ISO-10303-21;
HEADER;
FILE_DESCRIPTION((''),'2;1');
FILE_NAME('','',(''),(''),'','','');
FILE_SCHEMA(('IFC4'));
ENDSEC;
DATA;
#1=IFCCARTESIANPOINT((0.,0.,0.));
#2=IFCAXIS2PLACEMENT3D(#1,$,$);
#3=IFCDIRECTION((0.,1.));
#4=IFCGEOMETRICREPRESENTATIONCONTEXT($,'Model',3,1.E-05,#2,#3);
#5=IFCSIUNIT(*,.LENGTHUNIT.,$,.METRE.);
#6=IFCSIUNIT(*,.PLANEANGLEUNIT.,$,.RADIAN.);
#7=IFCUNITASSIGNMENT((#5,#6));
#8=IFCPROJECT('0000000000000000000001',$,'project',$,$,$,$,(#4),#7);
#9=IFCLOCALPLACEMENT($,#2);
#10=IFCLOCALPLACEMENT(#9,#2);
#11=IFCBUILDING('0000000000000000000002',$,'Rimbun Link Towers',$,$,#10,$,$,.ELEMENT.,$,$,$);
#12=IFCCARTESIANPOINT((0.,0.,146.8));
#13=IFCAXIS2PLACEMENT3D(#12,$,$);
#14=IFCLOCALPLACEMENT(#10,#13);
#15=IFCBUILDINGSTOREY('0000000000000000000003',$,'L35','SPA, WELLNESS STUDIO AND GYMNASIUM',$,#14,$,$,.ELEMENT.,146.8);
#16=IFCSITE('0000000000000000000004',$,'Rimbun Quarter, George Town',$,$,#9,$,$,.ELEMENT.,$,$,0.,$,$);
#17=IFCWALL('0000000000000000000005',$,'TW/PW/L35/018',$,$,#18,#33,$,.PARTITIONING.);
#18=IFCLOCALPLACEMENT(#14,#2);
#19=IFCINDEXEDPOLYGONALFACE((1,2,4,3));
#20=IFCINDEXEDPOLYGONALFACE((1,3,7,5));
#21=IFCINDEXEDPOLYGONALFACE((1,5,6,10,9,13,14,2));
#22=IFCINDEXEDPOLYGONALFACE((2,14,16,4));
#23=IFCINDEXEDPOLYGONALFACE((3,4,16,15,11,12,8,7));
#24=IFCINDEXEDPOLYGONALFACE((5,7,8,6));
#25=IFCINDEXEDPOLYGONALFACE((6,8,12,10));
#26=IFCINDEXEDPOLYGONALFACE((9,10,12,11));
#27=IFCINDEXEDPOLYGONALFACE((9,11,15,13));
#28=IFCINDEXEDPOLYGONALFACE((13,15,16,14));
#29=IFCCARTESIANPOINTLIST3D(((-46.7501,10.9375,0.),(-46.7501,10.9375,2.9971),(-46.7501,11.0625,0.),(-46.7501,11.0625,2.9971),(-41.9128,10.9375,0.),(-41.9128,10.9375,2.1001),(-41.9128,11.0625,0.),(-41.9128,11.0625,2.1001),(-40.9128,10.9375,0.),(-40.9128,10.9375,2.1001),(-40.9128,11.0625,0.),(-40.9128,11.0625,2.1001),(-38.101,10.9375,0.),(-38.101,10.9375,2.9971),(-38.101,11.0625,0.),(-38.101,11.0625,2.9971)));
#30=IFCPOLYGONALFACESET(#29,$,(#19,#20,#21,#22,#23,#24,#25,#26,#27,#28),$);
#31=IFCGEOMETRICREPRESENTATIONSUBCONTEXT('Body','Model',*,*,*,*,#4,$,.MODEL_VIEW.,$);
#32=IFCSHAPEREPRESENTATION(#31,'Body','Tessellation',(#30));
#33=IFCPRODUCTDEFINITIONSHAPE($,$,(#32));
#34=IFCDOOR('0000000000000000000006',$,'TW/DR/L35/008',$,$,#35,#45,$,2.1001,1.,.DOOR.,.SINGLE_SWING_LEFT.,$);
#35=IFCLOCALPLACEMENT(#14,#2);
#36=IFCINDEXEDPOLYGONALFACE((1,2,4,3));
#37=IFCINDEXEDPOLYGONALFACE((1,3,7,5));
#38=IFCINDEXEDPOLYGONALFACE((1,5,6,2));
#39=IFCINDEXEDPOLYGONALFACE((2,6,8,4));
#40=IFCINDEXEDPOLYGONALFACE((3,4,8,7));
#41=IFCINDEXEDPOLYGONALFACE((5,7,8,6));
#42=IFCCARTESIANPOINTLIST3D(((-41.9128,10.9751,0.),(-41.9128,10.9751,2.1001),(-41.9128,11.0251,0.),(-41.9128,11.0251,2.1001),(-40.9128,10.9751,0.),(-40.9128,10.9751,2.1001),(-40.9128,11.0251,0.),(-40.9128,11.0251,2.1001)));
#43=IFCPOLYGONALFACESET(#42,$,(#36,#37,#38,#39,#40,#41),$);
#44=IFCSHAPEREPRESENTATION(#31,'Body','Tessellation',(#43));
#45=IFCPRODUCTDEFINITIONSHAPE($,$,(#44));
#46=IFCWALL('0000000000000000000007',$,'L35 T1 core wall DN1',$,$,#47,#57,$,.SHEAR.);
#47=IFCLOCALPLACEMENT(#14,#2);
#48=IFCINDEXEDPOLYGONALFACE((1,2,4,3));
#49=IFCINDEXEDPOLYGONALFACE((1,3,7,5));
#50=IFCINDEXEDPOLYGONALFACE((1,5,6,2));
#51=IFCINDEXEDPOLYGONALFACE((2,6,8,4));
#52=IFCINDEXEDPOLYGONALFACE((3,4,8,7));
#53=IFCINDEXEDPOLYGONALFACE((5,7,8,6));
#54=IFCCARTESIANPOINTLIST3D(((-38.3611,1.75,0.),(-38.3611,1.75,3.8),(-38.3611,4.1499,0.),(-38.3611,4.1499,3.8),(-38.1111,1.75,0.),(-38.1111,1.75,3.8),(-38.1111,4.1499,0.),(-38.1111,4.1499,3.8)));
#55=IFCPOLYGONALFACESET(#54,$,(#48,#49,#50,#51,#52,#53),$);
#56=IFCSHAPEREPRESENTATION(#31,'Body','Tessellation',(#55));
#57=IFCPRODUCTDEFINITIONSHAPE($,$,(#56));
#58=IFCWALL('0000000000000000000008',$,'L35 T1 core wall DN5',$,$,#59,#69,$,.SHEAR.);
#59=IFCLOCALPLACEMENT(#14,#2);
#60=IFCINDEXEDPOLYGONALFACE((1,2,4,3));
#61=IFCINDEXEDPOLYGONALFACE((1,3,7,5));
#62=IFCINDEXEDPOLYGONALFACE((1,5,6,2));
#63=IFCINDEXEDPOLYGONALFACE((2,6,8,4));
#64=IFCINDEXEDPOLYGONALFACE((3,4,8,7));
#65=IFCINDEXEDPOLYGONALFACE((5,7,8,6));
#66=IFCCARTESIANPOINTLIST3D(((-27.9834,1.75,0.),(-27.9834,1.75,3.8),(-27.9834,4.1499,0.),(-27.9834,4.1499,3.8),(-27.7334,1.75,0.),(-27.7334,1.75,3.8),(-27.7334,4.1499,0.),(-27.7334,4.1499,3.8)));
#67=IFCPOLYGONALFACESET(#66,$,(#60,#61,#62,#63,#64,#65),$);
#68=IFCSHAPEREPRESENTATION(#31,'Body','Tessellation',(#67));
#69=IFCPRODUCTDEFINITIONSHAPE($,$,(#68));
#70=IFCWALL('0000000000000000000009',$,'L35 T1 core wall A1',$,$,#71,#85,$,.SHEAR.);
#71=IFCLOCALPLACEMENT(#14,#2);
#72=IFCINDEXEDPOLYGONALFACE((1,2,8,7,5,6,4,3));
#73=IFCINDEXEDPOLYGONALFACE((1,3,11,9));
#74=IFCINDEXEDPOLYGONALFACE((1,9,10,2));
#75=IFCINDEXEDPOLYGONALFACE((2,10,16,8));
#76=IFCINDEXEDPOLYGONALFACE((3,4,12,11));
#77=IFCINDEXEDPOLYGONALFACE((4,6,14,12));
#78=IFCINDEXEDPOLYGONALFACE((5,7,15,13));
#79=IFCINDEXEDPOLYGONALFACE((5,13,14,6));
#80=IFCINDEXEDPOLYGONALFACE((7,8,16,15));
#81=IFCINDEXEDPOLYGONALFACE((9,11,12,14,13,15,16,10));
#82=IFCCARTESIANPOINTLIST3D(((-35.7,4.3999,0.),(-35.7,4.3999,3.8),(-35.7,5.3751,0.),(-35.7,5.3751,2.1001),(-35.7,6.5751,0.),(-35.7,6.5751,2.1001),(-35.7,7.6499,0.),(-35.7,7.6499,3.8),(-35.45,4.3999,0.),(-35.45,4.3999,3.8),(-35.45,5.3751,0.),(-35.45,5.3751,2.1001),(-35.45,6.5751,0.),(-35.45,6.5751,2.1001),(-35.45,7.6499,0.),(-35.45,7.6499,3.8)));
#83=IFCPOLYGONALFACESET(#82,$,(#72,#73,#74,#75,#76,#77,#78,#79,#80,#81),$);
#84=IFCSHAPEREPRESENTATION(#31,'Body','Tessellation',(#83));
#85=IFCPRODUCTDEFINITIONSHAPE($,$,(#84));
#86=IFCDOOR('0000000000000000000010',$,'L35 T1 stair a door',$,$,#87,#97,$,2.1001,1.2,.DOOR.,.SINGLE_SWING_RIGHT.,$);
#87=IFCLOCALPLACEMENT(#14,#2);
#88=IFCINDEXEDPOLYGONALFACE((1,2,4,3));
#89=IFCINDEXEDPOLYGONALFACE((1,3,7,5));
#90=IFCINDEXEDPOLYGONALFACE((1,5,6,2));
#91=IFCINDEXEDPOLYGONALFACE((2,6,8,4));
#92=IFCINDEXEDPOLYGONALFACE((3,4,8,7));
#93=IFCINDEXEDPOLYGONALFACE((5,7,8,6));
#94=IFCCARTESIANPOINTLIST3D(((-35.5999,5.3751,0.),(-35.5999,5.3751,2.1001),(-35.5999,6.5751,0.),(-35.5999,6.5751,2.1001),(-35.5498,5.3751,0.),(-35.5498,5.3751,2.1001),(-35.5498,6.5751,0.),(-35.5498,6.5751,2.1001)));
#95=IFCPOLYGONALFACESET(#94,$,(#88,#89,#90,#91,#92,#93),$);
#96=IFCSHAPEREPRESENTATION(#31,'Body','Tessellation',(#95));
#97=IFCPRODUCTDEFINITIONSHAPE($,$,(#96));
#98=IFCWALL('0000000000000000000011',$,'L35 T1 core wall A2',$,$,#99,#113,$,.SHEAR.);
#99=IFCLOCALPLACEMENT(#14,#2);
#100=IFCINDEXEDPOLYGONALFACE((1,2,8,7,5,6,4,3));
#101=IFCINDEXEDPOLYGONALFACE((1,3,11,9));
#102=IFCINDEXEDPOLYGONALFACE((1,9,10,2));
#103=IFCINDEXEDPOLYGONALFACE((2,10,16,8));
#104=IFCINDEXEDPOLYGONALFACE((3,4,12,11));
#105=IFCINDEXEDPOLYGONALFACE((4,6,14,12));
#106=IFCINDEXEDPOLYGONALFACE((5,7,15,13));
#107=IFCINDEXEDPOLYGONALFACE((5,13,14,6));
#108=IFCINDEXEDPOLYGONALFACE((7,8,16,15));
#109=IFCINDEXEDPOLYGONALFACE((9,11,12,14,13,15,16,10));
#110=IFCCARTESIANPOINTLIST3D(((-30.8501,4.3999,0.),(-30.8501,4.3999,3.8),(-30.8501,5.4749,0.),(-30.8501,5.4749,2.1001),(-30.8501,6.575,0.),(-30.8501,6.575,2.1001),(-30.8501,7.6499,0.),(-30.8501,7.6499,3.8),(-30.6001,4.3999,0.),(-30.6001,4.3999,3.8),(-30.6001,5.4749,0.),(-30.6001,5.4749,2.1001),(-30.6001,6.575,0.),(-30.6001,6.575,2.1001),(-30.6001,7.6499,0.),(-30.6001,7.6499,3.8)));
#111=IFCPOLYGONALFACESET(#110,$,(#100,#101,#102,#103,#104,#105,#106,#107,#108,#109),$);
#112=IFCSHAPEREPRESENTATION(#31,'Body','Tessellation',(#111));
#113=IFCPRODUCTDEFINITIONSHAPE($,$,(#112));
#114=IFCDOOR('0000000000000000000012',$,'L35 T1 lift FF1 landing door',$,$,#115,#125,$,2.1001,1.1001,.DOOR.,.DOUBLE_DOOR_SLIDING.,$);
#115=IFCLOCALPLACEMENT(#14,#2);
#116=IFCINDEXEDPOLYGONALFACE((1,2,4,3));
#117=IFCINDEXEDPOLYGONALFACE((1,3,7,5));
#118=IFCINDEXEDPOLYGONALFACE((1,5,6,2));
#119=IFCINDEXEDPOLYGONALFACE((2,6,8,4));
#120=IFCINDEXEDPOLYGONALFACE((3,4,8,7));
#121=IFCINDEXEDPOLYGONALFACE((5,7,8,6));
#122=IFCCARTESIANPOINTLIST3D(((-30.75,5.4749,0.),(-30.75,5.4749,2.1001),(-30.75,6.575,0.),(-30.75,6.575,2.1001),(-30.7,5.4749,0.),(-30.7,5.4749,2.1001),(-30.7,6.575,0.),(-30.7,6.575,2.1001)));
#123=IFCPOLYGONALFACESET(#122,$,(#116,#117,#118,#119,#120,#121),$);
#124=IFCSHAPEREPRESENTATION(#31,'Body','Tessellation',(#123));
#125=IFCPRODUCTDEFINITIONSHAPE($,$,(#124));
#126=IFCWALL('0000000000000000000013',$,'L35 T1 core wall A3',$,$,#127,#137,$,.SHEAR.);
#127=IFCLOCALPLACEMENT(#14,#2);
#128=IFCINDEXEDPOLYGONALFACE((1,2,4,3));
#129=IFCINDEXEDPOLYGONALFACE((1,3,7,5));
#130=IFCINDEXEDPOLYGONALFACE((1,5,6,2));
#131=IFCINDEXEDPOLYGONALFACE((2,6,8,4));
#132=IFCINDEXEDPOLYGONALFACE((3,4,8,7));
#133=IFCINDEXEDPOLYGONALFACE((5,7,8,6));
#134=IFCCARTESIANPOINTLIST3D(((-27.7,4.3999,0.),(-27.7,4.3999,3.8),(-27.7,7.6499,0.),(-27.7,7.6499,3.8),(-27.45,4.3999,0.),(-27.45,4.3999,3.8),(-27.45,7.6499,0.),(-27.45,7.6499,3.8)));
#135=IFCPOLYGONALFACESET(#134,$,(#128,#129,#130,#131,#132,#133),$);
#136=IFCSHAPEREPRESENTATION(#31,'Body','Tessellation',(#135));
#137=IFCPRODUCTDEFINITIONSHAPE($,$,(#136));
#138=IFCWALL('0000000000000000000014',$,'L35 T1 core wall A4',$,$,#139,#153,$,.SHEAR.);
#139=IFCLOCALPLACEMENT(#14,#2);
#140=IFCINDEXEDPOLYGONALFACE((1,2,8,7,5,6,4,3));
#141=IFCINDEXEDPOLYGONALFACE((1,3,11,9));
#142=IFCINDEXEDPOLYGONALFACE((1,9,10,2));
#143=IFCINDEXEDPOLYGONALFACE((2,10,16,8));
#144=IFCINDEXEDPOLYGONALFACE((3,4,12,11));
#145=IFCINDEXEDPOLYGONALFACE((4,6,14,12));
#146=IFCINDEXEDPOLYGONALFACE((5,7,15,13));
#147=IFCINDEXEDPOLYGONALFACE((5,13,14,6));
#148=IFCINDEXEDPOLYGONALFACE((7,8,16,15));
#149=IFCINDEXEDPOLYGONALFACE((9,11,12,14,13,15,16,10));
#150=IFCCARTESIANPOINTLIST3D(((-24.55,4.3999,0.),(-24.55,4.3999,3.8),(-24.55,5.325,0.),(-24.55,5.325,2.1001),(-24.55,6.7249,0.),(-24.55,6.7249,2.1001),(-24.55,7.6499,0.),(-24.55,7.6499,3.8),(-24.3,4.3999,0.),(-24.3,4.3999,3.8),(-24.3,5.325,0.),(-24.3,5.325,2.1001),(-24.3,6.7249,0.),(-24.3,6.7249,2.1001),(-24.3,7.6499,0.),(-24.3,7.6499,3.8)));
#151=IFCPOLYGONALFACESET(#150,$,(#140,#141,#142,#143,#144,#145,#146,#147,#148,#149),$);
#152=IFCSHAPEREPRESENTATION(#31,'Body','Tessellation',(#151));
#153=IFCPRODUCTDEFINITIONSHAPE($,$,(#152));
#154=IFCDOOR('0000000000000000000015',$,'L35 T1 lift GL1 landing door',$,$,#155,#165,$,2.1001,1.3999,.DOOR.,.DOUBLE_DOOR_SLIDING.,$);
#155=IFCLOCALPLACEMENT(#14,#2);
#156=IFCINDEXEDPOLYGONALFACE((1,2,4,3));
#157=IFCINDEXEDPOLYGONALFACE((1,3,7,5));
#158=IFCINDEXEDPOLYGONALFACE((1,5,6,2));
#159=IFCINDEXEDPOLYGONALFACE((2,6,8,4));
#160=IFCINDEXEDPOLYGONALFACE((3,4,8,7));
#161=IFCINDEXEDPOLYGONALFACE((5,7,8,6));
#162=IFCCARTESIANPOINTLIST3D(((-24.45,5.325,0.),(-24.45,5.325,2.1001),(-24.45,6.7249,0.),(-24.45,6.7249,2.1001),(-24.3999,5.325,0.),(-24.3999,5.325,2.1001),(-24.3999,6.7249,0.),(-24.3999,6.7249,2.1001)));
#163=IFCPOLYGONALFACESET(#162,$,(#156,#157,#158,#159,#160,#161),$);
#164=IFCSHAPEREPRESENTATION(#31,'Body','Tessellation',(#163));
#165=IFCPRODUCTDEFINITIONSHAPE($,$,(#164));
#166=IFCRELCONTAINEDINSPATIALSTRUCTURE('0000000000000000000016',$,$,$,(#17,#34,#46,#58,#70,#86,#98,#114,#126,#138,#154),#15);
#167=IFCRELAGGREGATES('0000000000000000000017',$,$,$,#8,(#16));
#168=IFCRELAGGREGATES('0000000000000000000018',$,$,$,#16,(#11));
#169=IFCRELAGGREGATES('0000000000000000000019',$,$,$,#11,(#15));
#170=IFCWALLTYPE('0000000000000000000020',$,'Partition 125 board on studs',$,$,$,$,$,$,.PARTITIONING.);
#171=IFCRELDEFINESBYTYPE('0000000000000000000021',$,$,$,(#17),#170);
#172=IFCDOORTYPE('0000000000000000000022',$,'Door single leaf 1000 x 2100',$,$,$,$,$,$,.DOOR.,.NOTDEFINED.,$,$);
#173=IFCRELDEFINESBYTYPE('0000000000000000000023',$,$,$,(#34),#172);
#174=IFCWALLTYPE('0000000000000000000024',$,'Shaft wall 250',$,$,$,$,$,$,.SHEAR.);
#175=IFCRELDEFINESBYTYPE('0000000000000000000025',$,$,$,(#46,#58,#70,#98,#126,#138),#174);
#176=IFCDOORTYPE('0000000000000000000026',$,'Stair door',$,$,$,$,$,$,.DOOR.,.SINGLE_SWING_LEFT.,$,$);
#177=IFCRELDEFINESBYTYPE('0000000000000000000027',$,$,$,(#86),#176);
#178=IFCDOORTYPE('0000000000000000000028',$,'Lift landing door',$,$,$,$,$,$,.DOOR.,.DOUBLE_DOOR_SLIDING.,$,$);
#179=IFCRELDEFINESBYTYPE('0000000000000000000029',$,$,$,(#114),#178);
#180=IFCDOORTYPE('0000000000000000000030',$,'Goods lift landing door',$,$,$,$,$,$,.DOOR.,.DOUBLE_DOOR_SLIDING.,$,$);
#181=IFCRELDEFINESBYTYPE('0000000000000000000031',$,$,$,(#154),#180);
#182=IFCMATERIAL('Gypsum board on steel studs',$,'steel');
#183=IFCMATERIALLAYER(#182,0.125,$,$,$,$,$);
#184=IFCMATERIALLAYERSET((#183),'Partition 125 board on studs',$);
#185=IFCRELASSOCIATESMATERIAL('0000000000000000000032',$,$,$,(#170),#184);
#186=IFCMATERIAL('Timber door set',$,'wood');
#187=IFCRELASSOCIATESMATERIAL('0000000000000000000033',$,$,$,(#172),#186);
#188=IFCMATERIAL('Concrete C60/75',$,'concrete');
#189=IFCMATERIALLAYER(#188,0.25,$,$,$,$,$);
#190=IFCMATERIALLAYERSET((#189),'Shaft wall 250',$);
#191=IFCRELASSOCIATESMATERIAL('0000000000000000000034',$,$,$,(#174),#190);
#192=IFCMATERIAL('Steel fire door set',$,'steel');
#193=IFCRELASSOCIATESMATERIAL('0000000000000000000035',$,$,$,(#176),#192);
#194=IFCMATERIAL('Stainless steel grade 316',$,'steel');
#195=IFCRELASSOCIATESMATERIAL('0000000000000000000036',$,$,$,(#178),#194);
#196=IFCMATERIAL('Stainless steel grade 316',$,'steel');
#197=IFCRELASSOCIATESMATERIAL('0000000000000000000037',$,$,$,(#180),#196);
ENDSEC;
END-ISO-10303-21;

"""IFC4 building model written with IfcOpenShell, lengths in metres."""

from ifc_helpers import new_model, si_unit, direction, frame, frame_2d, origin, place, context, subcontext, project, spatial, rectangle, extrude, material, layer, layer_set, type_object, element, fill, save


model = new_model("IFC4")

# Units and contexts
model_context = context("Model", 3, precision=1e-05, world=origin(), true_north=direction((0.0, 1.0)))
body_context = subcontext(model_context, "Body", "Model", "MODEL_VIEW")
ifc_project = project(units=[si_unit("LENGTHUNIT", "METRE"), si_unit("PLANEANGLEUNIT", "RADIAN")], contexts=[model_context])

# Site, building, storey
site_placement = place(None, origin())
site = spatial("IfcSite", under=ifc_project, at=site_placement, Name="Rimbun Quarter, George Town", CompositionType="ELEMENT", RefElevation=0.0)
building_placement = place(site_placement, origin())
building = spatial("IfcBuilding", under=site, at=building_placement, Name="Rimbun Link Towers", CompositionType="ELEMENT")
storey_placement = place(building_placement, frame((0.0, 0.0, 146.8)))
storey = spatial("IfcBuildingStorey", under=building, at=storey_placement, Name="L35", Description="SPA, WELLNESS STUDIO AND GYMNASIUM", CompositionType="ELEMENT", Elevation=146.8)

# Wall, opening, door
ifc_material_1 = material(Name="Gypsum board on steel studs", Category="steel")
ifc_layer_1 = layer(ifc_material_1, 0.125)
ifc_layer_set_1 = layer_set([ifc_layer_1], Name="Partition 125 board on studs")
wall_type_1 = type_object("IfcWallType", Name="Partition 125 board on studs", PredefinedType="PARTITIONING", material=ifc_layer_set_1)
wall_1_placement = place(storey_placement, frame((-38.1008, 11.0, 0.0), z_axis=(0.0, 0.0, 1.0), x_axis=(-1.0, 0.0, 0.0)))
wall_1 = element("IfcWall", 1, at=wall_1_placement, inside=storey, type_object=wall_type_1, Name="TW/PW/L35/018", PredefinedType="PARTITIONING", context=body_context, shape_type="SweptSolid", body=[
    extrude(rectangle(XDim=8.6492, YDim=0.125, at=frame_2d((4.3247, 0.0))), origin(), (0.0, 0.0, 1.0), 2.9971),
])
opening_1_placement = place(wall_1_placement, frame((2.812, 0.0, 0.0)))
opening_1 = element("IfcOpeningElement", 2, at=opening_1_placement, cuts=wall_1, PredefinedType="OPENING", context=body_context, shape_type="SweptSolid", body=[
    extrude(rectangle(XDim=1.0, YDim=2.1001, at=frame_2d((0.5, 1.05))), frame((0.0, 0.0725, 0.0), z_axis=(0.0, -1.0, 0.0), x_axis=(1.0, 0.0, 0.0)), (0.0, 0.0, 1.0), 0.145),
])
ifc_material_2 = material(Name="Timber door set", Category="wood")
door_type_1 = type_object("IfcDoorType", Name="Door single leaf 1000 x 2100", OperationType="NOTDEFINED", PredefinedType="DOOR", material=ifc_material_2)
door_1_placement = place(opening_1_placement, origin())
door_1 = element("IfcDoor", 3, at=door_1_placement, inside=storey, type_object=door_type_1, Name="TW/DR/L35/008", OperationType="SINGLE_SWING_LEFT", OverallHeight=2.1001, OverallWidth=1.0, PredefinedType="DOOR", context=body_context, shape_type="SweptSolid", body=[
    extrude(rectangle(XDim=1.0, YDim=2.1001, at=frame_2d((0.5, 1.05))), frame((0.0, 0.0249, 0.0), z_axis=(0.0, -1.0, 0.0), x_axis=(1.0, 0.0, 0.0)), (0.0, 0.0, 1.0), 0.05),
])
fill(opening_1, door_1)

# Walls
ifc_material_3 = material(Name="Concrete C60/75", Category="concrete")
ifc_layer_2 = layer(ifc_material_3, 0.25)
ifc_layer_set_2 = layer_set([ifc_layer_2], Name="Shaft wall 250")
wall_type_2 = type_object("IfcWallType", Name="Shaft wall 250", PredefinedType="SHEAR", material=ifc_layer_set_2)
for number, where, z_axis, x_axis, name in (
    (4, (-38.2361, 1.75, 0.0), (0.0, 0.0, 1.0), (0.0, 1.0, 0.0), "L35 T1 core wall DN1"),
    (5, (-27.8584, 1.75, 0.0), (0.0, 0.0, 1.0), (0.0, 1.0, 0.0), "L35 T1 core wall DN5"),
):
    element("IfcWall", number, at=place(storey_placement, frame(where, z_axis=z_axis, x_axis=x_axis)), inside=storey, type_object=wall_type_2, Name=name, PredefinedType="SHEAR", context=body_context, shape_type="SweptSolid", body=[
        extrude(rectangle(XDim=2.3999, YDim=0.25, at=frame_2d((1.2, 0.0))), origin(), (0.0, 0.0, 1.0), 3.8),
    ])

# Walls, openings, doors
wall_2_placement = place(storey_placement, frame((-35.575, 4.3999, 0.0), z_axis=(0.0, 0.0, 1.0), x_axis=(0.0, 1.0, 0.0)))
wall_2 = element("IfcWall", 6, at=wall_2_placement, inside=storey, type_object=wall_type_2, Name="L35 T1 core wall A1", PredefinedType="SHEAR", context=body_context, shape_type="SweptSolid", body=[
    extrude(rectangle(XDim=3.25, YDim=0.25, at=frame_2d((1.625, 0.0))), origin(), (0.0, 0.0, 1.0), 3.8),
])
opening_2_placement = place(wall_2_placement, frame((0.9751, 0.0, 0.0)))
opening_2 = element("IfcOpeningElement", 7, at=opening_2_placement, cuts=wall_2, PredefinedType="OPENING", context=body_context, shape_type="SweptSolid", body=[
    extrude(rectangle(XDim=1.2, YDim=2.1001, at=frame_2d((0.6001, 1.05))), frame((0.0, 0.135, 0.0), z_axis=(0.0, -1.0, 0.0), x_axis=(1.0, 0.0, 0.0)), (0.0, 0.0, 1.0), 0.27),
])
ifc_material_4 = material(Name="Steel fire door set", Category="steel")
door_type_2 = type_object("IfcDoorType", Name="Stair door", OperationType="SINGLE_SWING_LEFT", PredefinedType="DOOR", material=ifc_material_4)
door_2_placement = place(opening_2_placement, origin())
door_2 = element("IfcDoor", 8, at=door_2_placement, inside=storey, type_object=door_type_2, Name="L35 T1 stair a door", OperationType="SINGLE_SWING_RIGHT", OverallHeight=2.1001, OverallWidth=1.2, PredefinedType="DOOR", context=body_context, shape_type="SweptSolid", body=[
    extrude(rectangle(XDim=1.2, YDim=2.1001, at=frame_2d((0.6001, 1.05))), frame((0.0, 0.0249, 0.0), z_axis=(0.0, -1.0, 0.0), x_axis=(1.0, 0.0, 0.0)), (0.0, 0.0, 1.0), 0.05),
])
fill(opening_2, door_2)
wall_3_placement = place(storey_placement, frame((-30.7251, 4.3999, 0.0), z_axis=(0.0, 0.0, 1.0), x_axis=(0.0, 1.0, 0.0)))
wall_3 = element("IfcWall", 9, at=wall_3_placement, inside=storey, type_object=wall_type_2, Name="L35 T1 core wall A2", PredefinedType="SHEAR", context=body_context, shape_type="SweptSolid", body=[
    extrude(rectangle(XDim=3.25, YDim=0.25, at=frame_2d((1.625, 0.0))), origin(), (0.0, 0.0, 1.0), 3.8),
])
opening_3_placement = place(wall_3_placement, frame((1.075, 0.0, 0.0)))
opening_3 = element("IfcOpeningElement", 10, at=opening_3_placement, cuts=wall_3, PredefinedType="OPENING", context=body_context, shape_type="SweptSolid", body=[
    extrude(rectangle(XDim=1.1001, YDim=2.1001, at=frame_2d((0.55, 1.05))), frame((0.0, 0.135, 0.0), z_axis=(0.0, -1.0, 0.0), x_axis=(1.0, 0.0, 0.0)), (0.0, 0.0, 1.0), 0.27),
])
ifc_material_5 = material(Name="Stainless steel grade 316", Category="steel")
door_type_3 = type_object("IfcDoorType", Name="Lift landing door", OperationType="DOUBLE_DOOR_SLIDING", PredefinedType="DOOR", material=ifc_material_5)
door_3_placement = place(opening_3_placement, origin())
door_3 = element("IfcDoor", 11, at=door_3_placement, inside=storey, type_object=door_type_3, Name="L35 T1 lift FF1 landing door", OperationType="DOUBLE_DOOR_SLIDING", OverallHeight=2.1001, OverallWidth=1.1001, PredefinedType="DOOR", context=body_context, shape_type="SweptSolid", body=[
    extrude(rectangle(XDim=1.1001, YDim=2.1001, at=frame_2d((0.55, 1.05))), frame((0.0, 0.0249, 0.0), z_axis=(0.0, -1.0, 0.0), x_axis=(1.0, 0.0, 0.0)), (0.0, 0.0, 1.0), 0.05),
])
fill(opening_3, door_3)

# Wall
wall_4_placement = place(storey_placement, frame((-27.575, 4.3999, 0.0), z_axis=(0.0, 0.0, 1.0), x_axis=(0.0, 1.0, 0.0)))
element("IfcWall", 12, at=wall_4_placement, inside=storey, type_object=wall_type_2, Name="L35 T1 core wall A3", PredefinedType="SHEAR", context=body_context, shape_type="SweptSolid", body=[
    extrude(rectangle(XDim=3.25, YDim=0.25, at=frame_2d((1.625, 0.0))), origin(), (0.0, 0.0, 1.0), 3.8),
])

# Wall, opening, door
wall_5_placement = place(storey_placement, frame((-24.425, 4.3999, 0.0), z_axis=(0.0, 0.0, 1.0), x_axis=(0.0, 1.0, 0.0)))
wall_5 = element("IfcWall", 13, at=wall_5_placement, inside=storey, type_object=wall_type_2, Name="L35 T1 core wall A4", PredefinedType="SHEAR", context=body_context, shape_type="SweptSolid", body=[
    extrude(rectangle(XDim=3.25, YDim=0.25, at=frame_2d((1.625, 0.0))), origin(), (0.0, 0.0, 1.0), 3.8),
])
opening_4_placement = place(wall_5_placement, frame((0.925, 0.0, 0.0)))
opening_4 = element("IfcOpeningElement", 14, at=opening_4_placement, cuts=wall_5, PredefinedType="OPENING", context=body_context, shape_type="SweptSolid", body=[
    extrude(rectangle(XDim=1.3999, YDim=2.1001, at=frame_2d((0.7, 1.05))), frame((0.0, 0.135, 0.0), z_axis=(0.0, -1.0, 0.0), x_axis=(1.0, 0.0, 0.0)), (0.0, 0.0, 1.0), 0.27),
])
ifc_material_6 = material(Name="Stainless steel grade 316", Category="steel")
door_type_4 = type_object("IfcDoorType", Name="Goods lift landing door", OperationType="DOUBLE_DOOR_SLIDING", PredefinedType="DOOR", material=ifc_material_6)
door_4_placement = place(opening_4_placement, origin())
door_4 = element("IfcDoor", 15, at=door_4_placement, inside=storey, type_object=door_type_4, Name="L35 T1 lift GL1 landing door", OperationType="DOUBLE_DOOR_SLIDING", OverallHeight=2.1001, OverallWidth=1.3999, PredefinedType="DOOR", context=body_context, shape_type="SweptSolid", body=[
    extrude(rectangle(XDim=1.3999, YDim=2.1001, at=frame_2d((0.7, 1.05))), frame((0.0, 0.0249, 0.0), z_axis=(0.0, -1.0, 0.0), x_axis=(1.0, 0.0, 0.0)), (0.0, 0.0, 1.0), 0.05),
])
fill(opening_4, door_4)

save(model, "model.ifc")
